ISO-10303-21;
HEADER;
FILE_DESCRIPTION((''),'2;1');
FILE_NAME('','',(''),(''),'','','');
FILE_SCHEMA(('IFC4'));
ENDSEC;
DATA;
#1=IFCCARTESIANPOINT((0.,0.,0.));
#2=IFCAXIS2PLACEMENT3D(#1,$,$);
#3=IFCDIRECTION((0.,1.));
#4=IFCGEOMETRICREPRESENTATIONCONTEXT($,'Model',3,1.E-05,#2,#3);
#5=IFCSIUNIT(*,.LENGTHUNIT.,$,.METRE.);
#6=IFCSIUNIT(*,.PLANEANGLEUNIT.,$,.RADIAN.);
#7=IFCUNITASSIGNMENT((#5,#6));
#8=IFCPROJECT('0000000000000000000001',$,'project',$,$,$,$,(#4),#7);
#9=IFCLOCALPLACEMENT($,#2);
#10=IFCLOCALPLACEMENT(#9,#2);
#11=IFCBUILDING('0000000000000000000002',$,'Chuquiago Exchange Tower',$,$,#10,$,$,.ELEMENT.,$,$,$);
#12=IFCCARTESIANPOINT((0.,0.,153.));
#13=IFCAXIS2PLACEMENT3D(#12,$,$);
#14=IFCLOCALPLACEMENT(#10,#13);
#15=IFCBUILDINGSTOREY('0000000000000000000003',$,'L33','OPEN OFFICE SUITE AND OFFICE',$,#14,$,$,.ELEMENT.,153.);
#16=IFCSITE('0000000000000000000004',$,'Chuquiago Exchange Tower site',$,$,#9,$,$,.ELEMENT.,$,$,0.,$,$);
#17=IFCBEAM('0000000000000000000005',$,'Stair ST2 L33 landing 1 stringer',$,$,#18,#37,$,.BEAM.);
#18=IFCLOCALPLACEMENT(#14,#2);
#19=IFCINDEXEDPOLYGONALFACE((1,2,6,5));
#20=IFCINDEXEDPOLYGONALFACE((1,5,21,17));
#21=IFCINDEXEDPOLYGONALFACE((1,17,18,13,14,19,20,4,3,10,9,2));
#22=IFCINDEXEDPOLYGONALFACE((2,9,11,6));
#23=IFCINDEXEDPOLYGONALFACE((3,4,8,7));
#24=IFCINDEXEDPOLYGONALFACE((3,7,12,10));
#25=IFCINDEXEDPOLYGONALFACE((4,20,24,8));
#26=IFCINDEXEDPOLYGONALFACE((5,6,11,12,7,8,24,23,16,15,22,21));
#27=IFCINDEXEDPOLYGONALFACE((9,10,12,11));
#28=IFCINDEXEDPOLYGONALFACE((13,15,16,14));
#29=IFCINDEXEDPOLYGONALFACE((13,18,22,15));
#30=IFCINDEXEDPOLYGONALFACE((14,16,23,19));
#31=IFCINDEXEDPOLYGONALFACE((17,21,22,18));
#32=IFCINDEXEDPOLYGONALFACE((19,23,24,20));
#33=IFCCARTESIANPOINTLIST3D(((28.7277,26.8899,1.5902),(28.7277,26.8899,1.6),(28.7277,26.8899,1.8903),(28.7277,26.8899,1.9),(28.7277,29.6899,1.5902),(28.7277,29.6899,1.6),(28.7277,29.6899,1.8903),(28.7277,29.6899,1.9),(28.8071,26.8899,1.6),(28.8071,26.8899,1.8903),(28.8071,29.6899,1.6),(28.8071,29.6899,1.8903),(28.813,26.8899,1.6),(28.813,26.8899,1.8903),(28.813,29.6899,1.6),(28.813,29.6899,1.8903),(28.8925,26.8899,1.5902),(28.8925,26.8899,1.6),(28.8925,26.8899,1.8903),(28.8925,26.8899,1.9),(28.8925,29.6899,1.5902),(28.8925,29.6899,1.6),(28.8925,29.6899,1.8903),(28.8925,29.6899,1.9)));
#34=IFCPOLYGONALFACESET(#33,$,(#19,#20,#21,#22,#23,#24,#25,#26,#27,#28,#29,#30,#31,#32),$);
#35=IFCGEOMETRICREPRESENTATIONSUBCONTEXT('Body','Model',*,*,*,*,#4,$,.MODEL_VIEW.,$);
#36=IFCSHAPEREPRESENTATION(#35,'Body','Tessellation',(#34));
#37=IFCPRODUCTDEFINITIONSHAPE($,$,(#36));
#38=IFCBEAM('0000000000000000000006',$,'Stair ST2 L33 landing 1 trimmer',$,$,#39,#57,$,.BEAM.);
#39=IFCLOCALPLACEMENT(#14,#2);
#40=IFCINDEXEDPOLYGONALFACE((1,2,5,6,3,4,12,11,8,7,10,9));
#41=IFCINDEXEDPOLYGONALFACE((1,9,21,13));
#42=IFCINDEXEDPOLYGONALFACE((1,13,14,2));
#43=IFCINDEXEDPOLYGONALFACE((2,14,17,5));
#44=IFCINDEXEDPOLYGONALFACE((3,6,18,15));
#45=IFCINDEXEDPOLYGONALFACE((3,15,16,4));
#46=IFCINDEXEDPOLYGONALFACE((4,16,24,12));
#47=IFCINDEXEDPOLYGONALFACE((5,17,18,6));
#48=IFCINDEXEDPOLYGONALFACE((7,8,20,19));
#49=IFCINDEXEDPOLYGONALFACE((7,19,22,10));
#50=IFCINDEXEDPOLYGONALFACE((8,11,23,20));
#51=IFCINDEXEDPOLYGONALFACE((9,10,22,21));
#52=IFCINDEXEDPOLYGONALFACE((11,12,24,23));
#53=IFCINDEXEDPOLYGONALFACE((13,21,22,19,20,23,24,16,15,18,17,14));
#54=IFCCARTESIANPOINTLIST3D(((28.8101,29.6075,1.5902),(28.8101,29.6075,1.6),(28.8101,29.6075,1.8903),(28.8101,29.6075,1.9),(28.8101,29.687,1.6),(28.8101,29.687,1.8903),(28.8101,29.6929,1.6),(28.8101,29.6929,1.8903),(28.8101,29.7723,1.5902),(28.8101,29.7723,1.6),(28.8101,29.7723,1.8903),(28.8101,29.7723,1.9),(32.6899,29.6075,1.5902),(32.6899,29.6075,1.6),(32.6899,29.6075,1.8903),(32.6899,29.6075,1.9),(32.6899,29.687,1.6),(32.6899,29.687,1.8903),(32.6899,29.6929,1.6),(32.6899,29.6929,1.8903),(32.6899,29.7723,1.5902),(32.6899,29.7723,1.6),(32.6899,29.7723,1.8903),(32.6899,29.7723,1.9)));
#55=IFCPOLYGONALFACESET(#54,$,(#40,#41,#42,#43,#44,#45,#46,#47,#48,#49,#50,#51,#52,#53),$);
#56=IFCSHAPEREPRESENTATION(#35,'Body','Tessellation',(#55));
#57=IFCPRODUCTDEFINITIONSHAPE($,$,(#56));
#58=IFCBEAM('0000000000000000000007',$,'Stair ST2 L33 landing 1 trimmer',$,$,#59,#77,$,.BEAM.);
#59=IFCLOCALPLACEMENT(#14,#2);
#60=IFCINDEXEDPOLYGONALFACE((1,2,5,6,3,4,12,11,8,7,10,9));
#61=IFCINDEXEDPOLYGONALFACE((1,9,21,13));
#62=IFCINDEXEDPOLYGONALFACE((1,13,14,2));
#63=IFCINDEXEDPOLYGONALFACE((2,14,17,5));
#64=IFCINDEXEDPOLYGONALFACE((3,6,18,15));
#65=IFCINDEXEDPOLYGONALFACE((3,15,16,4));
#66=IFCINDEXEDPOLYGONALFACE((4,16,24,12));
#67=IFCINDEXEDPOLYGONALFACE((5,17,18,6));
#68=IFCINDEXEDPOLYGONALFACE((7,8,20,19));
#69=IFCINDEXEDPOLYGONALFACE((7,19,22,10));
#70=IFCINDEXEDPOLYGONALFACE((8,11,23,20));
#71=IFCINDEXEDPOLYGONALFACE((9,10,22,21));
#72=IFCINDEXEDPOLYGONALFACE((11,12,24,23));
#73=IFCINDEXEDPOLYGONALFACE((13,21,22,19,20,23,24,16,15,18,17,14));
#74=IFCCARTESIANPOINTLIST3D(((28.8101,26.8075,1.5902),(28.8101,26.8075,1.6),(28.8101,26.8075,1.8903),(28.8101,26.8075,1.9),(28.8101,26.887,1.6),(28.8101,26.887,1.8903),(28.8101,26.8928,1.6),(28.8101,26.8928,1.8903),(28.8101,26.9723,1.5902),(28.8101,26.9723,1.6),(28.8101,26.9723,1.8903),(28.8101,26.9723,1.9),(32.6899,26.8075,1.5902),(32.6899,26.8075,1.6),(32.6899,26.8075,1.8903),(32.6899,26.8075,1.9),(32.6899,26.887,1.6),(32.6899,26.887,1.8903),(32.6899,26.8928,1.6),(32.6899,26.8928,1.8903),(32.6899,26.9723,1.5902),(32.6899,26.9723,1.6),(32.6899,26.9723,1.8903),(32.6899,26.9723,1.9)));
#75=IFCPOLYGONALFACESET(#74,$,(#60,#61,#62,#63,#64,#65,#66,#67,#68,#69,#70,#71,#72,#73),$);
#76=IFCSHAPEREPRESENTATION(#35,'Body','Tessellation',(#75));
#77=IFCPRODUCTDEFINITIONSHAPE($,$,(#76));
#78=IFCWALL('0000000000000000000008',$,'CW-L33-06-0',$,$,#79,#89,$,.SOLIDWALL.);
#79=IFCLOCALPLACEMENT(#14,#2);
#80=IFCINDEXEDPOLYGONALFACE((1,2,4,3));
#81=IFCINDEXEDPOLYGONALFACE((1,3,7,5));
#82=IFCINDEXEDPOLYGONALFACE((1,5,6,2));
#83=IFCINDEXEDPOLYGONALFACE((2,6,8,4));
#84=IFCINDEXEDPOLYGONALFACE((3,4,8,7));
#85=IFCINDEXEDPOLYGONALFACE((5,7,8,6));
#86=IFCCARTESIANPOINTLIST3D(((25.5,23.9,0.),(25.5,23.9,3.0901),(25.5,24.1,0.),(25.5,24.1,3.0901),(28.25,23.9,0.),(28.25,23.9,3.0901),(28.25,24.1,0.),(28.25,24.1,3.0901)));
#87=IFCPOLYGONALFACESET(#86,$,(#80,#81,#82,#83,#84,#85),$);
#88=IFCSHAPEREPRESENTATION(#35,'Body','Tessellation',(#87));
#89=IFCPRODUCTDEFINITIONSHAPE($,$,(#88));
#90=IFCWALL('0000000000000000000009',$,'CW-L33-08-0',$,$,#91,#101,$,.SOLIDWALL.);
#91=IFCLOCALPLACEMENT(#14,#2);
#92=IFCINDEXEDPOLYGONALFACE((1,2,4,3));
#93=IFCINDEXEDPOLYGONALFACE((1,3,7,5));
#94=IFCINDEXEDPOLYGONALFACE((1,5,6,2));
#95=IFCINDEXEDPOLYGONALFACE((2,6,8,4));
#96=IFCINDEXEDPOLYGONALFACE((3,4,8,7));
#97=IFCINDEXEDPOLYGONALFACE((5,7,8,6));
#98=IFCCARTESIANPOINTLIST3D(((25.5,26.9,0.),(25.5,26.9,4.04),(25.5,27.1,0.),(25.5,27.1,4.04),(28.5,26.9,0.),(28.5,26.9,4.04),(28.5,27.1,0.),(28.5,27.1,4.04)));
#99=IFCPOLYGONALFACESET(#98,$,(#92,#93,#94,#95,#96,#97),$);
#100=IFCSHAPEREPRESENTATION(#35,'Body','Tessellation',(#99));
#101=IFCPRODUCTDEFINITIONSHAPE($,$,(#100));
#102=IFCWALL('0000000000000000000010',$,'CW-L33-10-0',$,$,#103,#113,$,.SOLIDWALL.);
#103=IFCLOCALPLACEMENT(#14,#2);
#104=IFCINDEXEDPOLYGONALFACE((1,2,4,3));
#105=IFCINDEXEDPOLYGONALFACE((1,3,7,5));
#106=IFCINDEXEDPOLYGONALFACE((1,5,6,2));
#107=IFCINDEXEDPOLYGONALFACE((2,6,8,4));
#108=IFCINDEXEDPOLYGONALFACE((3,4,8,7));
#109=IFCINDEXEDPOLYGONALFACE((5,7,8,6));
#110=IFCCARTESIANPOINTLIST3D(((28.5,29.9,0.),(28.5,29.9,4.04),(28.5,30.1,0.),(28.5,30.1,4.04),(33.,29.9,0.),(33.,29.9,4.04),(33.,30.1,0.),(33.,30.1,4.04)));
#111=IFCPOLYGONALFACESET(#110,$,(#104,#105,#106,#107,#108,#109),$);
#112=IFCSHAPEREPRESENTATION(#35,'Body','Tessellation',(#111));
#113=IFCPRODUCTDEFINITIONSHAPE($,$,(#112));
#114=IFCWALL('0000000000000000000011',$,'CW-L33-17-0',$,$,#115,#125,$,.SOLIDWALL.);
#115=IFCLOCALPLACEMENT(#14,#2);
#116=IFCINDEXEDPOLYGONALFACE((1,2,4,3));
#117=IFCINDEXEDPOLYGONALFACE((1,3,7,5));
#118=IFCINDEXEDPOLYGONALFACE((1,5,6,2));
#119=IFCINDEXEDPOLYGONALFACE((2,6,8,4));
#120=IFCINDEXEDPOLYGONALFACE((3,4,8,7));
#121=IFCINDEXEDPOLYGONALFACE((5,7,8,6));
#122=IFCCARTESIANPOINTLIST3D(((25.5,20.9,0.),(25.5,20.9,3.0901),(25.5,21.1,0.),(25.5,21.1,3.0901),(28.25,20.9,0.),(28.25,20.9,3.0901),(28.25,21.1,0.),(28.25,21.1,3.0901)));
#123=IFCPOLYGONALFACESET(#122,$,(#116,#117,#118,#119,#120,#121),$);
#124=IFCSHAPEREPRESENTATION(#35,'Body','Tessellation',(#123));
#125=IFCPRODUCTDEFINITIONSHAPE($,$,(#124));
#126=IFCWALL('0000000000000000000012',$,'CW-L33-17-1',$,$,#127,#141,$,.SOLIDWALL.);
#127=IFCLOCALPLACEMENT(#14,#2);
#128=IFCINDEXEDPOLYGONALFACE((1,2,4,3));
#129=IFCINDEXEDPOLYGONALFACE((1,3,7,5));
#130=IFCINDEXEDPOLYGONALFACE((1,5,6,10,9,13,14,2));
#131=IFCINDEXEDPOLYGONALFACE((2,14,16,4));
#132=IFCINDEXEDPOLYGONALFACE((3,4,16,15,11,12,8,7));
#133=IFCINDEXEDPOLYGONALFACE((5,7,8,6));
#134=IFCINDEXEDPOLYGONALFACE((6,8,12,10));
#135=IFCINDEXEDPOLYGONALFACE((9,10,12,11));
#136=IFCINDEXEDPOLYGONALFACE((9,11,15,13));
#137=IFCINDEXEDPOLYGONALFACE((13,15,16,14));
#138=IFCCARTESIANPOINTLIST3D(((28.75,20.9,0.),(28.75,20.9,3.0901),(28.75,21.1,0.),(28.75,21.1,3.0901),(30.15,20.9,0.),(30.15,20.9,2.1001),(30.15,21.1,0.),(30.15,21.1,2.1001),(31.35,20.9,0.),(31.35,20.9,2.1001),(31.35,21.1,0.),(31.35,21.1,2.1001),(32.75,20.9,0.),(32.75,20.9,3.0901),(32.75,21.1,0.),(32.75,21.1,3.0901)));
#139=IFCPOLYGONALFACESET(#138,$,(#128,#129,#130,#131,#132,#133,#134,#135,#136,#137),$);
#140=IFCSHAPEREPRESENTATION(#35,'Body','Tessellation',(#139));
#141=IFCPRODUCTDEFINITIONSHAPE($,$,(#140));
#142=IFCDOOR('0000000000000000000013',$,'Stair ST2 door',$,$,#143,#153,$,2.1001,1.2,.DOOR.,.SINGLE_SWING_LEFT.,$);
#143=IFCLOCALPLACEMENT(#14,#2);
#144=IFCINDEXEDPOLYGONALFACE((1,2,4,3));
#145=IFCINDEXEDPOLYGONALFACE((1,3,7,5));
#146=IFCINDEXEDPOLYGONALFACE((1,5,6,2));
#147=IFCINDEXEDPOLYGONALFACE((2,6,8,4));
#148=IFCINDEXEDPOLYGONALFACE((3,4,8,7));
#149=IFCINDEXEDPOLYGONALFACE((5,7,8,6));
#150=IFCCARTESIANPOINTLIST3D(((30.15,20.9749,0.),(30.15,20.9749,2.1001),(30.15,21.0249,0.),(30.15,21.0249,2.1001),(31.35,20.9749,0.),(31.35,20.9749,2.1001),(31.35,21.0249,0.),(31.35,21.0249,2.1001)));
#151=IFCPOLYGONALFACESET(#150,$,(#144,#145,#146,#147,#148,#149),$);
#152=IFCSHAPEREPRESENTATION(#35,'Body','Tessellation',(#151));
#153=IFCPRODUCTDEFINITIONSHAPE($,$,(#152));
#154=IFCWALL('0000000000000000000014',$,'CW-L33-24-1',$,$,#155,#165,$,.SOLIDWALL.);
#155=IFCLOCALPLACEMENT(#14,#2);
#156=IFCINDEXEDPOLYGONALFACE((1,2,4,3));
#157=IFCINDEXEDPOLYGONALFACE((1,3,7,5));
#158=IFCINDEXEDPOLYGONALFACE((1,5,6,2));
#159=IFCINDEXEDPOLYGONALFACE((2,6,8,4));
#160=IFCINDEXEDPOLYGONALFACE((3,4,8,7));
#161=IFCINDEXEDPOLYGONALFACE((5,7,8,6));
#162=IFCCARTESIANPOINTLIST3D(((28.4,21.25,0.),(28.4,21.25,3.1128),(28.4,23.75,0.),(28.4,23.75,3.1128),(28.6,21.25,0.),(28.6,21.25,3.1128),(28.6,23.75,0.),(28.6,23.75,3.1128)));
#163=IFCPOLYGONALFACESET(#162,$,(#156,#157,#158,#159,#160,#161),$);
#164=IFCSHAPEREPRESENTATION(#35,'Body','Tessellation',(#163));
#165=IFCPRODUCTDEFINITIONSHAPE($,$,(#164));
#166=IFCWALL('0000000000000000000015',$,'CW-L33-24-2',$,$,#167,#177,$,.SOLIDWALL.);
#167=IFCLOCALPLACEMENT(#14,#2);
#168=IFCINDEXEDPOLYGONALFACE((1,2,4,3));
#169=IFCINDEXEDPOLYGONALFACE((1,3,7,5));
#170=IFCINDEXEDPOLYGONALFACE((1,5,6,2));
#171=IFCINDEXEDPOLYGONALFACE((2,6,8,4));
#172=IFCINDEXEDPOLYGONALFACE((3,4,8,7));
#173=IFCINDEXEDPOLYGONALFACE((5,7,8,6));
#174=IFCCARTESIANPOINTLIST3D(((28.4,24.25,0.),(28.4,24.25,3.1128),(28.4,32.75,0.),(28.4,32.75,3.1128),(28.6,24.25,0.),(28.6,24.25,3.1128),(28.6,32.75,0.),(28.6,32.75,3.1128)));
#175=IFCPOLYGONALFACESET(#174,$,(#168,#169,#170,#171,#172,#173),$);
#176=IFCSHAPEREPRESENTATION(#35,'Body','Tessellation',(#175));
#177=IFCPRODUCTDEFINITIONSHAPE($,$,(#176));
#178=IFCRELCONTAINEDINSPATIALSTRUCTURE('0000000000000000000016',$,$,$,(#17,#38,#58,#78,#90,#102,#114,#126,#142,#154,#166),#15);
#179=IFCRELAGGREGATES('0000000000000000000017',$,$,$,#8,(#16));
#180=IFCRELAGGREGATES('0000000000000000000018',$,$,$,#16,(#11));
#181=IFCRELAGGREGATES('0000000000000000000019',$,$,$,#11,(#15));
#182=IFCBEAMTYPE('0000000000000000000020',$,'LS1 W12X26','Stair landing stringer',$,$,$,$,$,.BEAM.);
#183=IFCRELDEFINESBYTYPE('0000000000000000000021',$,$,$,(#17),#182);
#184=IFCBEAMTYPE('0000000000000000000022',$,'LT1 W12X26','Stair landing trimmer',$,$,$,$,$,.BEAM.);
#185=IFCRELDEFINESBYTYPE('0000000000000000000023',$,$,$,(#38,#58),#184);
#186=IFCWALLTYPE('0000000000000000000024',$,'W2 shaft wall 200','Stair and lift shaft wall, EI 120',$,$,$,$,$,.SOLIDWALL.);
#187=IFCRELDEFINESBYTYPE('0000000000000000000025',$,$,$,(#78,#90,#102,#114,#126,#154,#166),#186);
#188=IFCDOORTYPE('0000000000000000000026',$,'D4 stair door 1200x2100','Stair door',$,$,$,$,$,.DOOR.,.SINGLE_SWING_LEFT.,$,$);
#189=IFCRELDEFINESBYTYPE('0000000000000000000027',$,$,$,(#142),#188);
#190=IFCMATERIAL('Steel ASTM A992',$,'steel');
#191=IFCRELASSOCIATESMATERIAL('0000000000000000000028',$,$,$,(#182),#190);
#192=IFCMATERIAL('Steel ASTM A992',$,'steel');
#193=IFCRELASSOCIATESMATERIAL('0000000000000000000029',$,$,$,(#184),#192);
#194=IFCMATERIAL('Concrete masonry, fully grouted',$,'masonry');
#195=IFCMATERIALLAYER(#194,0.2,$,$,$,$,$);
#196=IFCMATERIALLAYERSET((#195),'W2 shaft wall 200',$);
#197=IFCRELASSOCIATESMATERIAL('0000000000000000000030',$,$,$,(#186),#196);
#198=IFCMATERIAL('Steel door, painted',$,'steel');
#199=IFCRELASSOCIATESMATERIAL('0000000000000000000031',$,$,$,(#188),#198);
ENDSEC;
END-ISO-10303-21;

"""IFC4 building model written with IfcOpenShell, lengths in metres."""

from ifc_helpers import new_model, si_unit, direction, frame, frame_2d, origin, origin_2d, place, context, subcontext, project, spatial, rectangle, i_section, extrude, material, layer, layer_set, material_profile, profile_set, type_object, element, fill, save


model = new_model("IFC4")

# Units and contexts
model_context = context("Model", 3, precision=1e-05, world=origin(), true_north=direction((0.0, 1.0)))
body_context = subcontext(model_context, "Body", "Model", "MODEL_VIEW")
ifc_project = project(units=[si_unit("LENGTHUNIT", "METRE"), si_unit("PLANEANGLEUNIT", "RADIAN")], contexts=[model_context])

# Site, building, storey
site_placement = place(None, origin())
site = spatial("IfcSite", under=ifc_project, at=site_placement, Name="Chuquiago Exchange Tower site", CompositionType="ELEMENT", RefElevation=0.0)
building_placement = place(site_placement, origin())
building = spatial("IfcBuilding", under=site, at=building_placement, Name="Chuquiago Exchange Tower", CompositionType="ELEMENT")
storey_placement = place(building_placement, frame((0.0, 0.0, 153.0)))
storey = spatial("IfcBuildingStorey", under=building, at=storey_placement, Name="L33", Description="OPEN OFFICE SUITE AND OFFICE", CompositionType="ELEMENT", Elevation=153.0)

# Beams
ifc_material_1 = material(Name="Steel ASTM A992", Category="steel")
ifc_material_profile_1 = material_profile(ifc_material_1, i_section(OverallWidth=0.1648, OverallDepth=0.3098, WebThickness=0.0059, FlangeThickness=0.0098, at=origin_2d()), Name="W12X26")
ifc_profile_set_1 = profile_set([ifc_material_profile_1], Name="Steel ASTM A992")
beam_type_1 = type_object("IfcBeamType", Name="LS1 W12X26", Description="Stair landing stringer", PredefinedType="BEAM", material=ifc_profile_set_1)
beam_1_placement = place(storey_placement, frame((28.8101, 26.8899, 1.7451), z_axis=(0.0, 1.0, 0.0), x_axis=(-1.0, 0.0, 0.0)))
element("IfcBeam", 1, at=beam_1_placement, inside=storey, type_object=beam_type_1, Name="Stair ST2 L33 landing 1 stringer", PredefinedType="BEAM", context=body_context, shape_type="SweptSolid", body=[
    extrude(i_section(OverallWidth=0.1648, OverallDepth=0.3098, WebThickness=0.0059, FlangeThickness=0.0098, at=origin_2d()), origin(), (0.0, 0.0, 1.0), 2.8),
])
ifc_material_2 = material(Name="Steel ASTM A992", Category="steel")
ifc_material_profile_2 = material_profile(ifc_material_2, i_section(OverallWidth=0.1648, OverallDepth=0.3098, WebThickness=0.0059, FlangeThickness=0.0098, at=origin_2d()), Name="W12X26")
ifc_profile_set_2 = profile_set([ifc_material_profile_2], Name="Steel ASTM A992")
beam_type_2 = type_object("IfcBeamType", Name="LT1 W12X26", Description="Stair landing trimmer", PredefinedType="BEAM", material=ifc_profile_set_2)
for number, where, z_axis, x_axis, name in (
    (2, (28.8101, 29.6899, 1.7451), (1.0, 0.0, 0.0), (0.0, 1.0, 0.0), "Stair ST2 L33 landing 1 trimmer"),
    (3, (28.8101, 26.8899, 1.7451), (1.0, 0.0, 0.0), (0.0, 1.0, 0.0), "Stair ST2 L33 landing 1 trimmer"),
):
    element("IfcBeam", number, at=place(storey_placement, frame(where, z_axis=z_axis, x_axis=x_axis)), inside=storey, type_object=beam_type_2, Name=name, PredefinedType="BEAM", context=body_context, shape_type="SweptSolid", body=[
        extrude(i_section(OverallWidth=0.1648, OverallDepth=0.3098, WebThickness=0.0059, FlangeThickness=0.0098, at=origin_2d()), origin(), (0.0, 0.0, 1.0), 3.8799),
    ])

# Walls
ifc_material_3 = material(Name="Concrete masonry, fully grouted", Category="masonry")
ifc_layer_1 = layer(ifc_material_3, 0.2)
ifc_layer_set_1 = layer_set([ifc_layer_1], Name="W2 shaft wall 200")
wall_type_1 = type_object("IfcWallType", Name="W2 shaft wall 200", Description="Stair and lift shaft wall, EI 120", PredefinedType="SOLIDWALL", material=ifc_layer_set_1)
wall_1_placement = place(storey_placement, frame((25.5, 24.0, 0.0), z_axis=(0.0, 0.0, 1.0), x_axis=(1.0, 0.0, 0.0)))
element("IfcWall", 4, at=wall_1_placement, inside=storey, type_object=wall_type_1, Name="CW-L33-06-0", PredefinedType="SOLIDWALL", context=body_context, shape_type="SweptSolid", body=[
    extrude(rectangle(XDim=2.75, YDim=0.2, at=frame_2d((1.375, 0.0))), origin(), (0.0, 0.0, 1.0), 3.0901),
])
wall_2_placement = place(storey_placement, frame((25.5, 27.0, 0.0), z_axis=(0.0, 0.0, 1.0), x_axis=(1.0, 0.0, 0.0)))
element("IfcWall", 5, at=wall_2_placement, inside=storey, type_object=wall_type_1, Name="CW-L33-08-0", PredefinedType="SOLIDWALL", context=body_context, shape_type="SweptSolid", body=[
    extrude(rectangle(XDim=3.0, YDim=0.2, at=frame_2d((1.5, 0.0))), origin(), (0.0, 0.0, 1.0), 4.04),
])
wall_3_placement = place(storey_placement, frame((28.5, 30.0, 0.0), z_axis=(0.0, 0.0, 1.0), x_axis=(1.0, 0.0, 0.0)))
element("IfcWall", 6, at=wall_3_placement, inside=storey, type_object=wall_type_1, Name="CW-L33-10-0", PredefinedType="SOLIDWALL", context=body_context, shape_type="SweptSolid", body=[
    extrude(rectangle(XDim=4.5, YDim=0.2, at=frame_2d((2.25, 0.0))), origin(), (0.0, 0.0, 1.0), 4.04),
])
wall_4_placement = place(storey_placement, frame((25.5, 21.0, 0.0), z_axis=(0.0, 0.0, 1.0), x_axis=(1.0, 0.0, 0.0)))
element("IfcWall", 7, at=wall_4_placement, inside=storey, type_object=wall_type_1, Name="CW-L33-17-0", PredefinedType="SOLIDWALL", context=body_context, shape_type="SweptSolid", body=[
    extrude(rectangle(XDim=2.75, YDim=0.2, at=frame_2d((1.375, 0.0))), origin(), (0.0, 0.0, 1.0), 3.0901),
])

# Wall, opening, door
wall_5_placement = place(storey_placement, frame((28.75, 21.0, 0.0), z_axis=(0.0, 0.0, 1.0), x_axis=(1.0, 0.0, 0.0)))
wall_5 = element("IfcWall", 8, at=wall_5_placement, inside=storey, type_object=wall_type_1, Name="CW-L33-17-1", PredefinedType="SOLIDWALL", context=body_context, shape_type="SweptSolid", body=[
    extrude(rectangle(XDim=4.0, YDim=0.2, at=frame_2d((2.0, 0.0))), origin(), (0.0, 0.0, 1.0), 3.0901),
])
opening_1_placement = place(wall_5_placement, frame((1.3999, 0.0, 0.0)))
opening_1 = element("IfcOpeningElement", 9, at=opening_1_placement, cuts=wall_5, PredefinedType="OPENING", context=body_context, shape_type="SweptSolid", body=[
    extrude(rectangle(XDim=1.2, YDim=2.1001, at=frame_2d((0.6001, 1.05))), frame((0.0, 0.1099, 0.0), z_axis=(0.0, -1.0, 0.0), x_axis=(1.0, 0.0, 0.0)), (0.0, 0.0, 1.0), 0.22),
])
ifc_material_4 = material(Name="Steel door, painted", Category="steel")
door_type_1 = type_object("IfcDoorType", Name="D4 stair door 1200x2100", Description="Stair door", OperationType="SINGLE_SWING_LEFT", PredefinedType="DOOR", material=ifc_material_4)
door_1_placement = place(opening_1_placement, origin())
door_1 = element("IfcDoor", 10, at=door_1_placement, inside=storey, type_object=door_type_1, Name="Stair ST2 door", OperationType="SINGLE_SWING_LEFT", OverallHeight=2.1001, OverallWidth=1.2, PredefinedType="DOOR", context=body_context, shape_type="SweptSolid", body=[
    extrude(rectangle(XDim=1.2, YDim=2.1001, at=frame_2d((0.6001, 1.05))), frame((0.0, 0.0249, 0.0), z_axis=(0.0, -1.0, 0.0), x_axis=(1.0, 0.0, 0.0)), (0.0, 0.0, 1.0), 0.05),
])
fill(opening_1, door_1)

# Walls
wall_6_placement = place(storey_placement, frame((28.5, 21.25, 0.0), z_axis=(0.0, 0.0, 1.0), x_axis=(0.0, 1.0, 0.0)))
element("IfcWall", 11, at=wall_6_placement, inside=storey, type_object=wall_type_1, Name="CW-L33-24-1", PredefinedType="SOLIDWALL", context=body_context, shape_type="SweptSolid", body=[
    extrude(rectangle(XDim=2.5, YDim=0.2, at=frame_2d((1.25, 0.0))), origin(), (0.0, 0.0, 1.0), 3.1128),
])
wall_7_placement = place(storey_placement, frame((28.5, 24.25, 0.0), z_axis=(0.0, 0.0, 1.0), x_axis=(0.0, 1.0, 0.0)))
element("IfcWall", 12, at=wall_7_placement, inside=storey, type_object=wall_type_1, Name="CW-L33-24-2", PredefinedType="SOLIDWALL", context=body_context, shape_type="SweptSolid", body=[
    extrude(rectangle(XDim=8.5, YDim=0.2, at=frame_2d((4.25, 0.0))), origin(), (0.0, 0.0, 1.0), 3.1128),
])

save(model, "model.ifc")
